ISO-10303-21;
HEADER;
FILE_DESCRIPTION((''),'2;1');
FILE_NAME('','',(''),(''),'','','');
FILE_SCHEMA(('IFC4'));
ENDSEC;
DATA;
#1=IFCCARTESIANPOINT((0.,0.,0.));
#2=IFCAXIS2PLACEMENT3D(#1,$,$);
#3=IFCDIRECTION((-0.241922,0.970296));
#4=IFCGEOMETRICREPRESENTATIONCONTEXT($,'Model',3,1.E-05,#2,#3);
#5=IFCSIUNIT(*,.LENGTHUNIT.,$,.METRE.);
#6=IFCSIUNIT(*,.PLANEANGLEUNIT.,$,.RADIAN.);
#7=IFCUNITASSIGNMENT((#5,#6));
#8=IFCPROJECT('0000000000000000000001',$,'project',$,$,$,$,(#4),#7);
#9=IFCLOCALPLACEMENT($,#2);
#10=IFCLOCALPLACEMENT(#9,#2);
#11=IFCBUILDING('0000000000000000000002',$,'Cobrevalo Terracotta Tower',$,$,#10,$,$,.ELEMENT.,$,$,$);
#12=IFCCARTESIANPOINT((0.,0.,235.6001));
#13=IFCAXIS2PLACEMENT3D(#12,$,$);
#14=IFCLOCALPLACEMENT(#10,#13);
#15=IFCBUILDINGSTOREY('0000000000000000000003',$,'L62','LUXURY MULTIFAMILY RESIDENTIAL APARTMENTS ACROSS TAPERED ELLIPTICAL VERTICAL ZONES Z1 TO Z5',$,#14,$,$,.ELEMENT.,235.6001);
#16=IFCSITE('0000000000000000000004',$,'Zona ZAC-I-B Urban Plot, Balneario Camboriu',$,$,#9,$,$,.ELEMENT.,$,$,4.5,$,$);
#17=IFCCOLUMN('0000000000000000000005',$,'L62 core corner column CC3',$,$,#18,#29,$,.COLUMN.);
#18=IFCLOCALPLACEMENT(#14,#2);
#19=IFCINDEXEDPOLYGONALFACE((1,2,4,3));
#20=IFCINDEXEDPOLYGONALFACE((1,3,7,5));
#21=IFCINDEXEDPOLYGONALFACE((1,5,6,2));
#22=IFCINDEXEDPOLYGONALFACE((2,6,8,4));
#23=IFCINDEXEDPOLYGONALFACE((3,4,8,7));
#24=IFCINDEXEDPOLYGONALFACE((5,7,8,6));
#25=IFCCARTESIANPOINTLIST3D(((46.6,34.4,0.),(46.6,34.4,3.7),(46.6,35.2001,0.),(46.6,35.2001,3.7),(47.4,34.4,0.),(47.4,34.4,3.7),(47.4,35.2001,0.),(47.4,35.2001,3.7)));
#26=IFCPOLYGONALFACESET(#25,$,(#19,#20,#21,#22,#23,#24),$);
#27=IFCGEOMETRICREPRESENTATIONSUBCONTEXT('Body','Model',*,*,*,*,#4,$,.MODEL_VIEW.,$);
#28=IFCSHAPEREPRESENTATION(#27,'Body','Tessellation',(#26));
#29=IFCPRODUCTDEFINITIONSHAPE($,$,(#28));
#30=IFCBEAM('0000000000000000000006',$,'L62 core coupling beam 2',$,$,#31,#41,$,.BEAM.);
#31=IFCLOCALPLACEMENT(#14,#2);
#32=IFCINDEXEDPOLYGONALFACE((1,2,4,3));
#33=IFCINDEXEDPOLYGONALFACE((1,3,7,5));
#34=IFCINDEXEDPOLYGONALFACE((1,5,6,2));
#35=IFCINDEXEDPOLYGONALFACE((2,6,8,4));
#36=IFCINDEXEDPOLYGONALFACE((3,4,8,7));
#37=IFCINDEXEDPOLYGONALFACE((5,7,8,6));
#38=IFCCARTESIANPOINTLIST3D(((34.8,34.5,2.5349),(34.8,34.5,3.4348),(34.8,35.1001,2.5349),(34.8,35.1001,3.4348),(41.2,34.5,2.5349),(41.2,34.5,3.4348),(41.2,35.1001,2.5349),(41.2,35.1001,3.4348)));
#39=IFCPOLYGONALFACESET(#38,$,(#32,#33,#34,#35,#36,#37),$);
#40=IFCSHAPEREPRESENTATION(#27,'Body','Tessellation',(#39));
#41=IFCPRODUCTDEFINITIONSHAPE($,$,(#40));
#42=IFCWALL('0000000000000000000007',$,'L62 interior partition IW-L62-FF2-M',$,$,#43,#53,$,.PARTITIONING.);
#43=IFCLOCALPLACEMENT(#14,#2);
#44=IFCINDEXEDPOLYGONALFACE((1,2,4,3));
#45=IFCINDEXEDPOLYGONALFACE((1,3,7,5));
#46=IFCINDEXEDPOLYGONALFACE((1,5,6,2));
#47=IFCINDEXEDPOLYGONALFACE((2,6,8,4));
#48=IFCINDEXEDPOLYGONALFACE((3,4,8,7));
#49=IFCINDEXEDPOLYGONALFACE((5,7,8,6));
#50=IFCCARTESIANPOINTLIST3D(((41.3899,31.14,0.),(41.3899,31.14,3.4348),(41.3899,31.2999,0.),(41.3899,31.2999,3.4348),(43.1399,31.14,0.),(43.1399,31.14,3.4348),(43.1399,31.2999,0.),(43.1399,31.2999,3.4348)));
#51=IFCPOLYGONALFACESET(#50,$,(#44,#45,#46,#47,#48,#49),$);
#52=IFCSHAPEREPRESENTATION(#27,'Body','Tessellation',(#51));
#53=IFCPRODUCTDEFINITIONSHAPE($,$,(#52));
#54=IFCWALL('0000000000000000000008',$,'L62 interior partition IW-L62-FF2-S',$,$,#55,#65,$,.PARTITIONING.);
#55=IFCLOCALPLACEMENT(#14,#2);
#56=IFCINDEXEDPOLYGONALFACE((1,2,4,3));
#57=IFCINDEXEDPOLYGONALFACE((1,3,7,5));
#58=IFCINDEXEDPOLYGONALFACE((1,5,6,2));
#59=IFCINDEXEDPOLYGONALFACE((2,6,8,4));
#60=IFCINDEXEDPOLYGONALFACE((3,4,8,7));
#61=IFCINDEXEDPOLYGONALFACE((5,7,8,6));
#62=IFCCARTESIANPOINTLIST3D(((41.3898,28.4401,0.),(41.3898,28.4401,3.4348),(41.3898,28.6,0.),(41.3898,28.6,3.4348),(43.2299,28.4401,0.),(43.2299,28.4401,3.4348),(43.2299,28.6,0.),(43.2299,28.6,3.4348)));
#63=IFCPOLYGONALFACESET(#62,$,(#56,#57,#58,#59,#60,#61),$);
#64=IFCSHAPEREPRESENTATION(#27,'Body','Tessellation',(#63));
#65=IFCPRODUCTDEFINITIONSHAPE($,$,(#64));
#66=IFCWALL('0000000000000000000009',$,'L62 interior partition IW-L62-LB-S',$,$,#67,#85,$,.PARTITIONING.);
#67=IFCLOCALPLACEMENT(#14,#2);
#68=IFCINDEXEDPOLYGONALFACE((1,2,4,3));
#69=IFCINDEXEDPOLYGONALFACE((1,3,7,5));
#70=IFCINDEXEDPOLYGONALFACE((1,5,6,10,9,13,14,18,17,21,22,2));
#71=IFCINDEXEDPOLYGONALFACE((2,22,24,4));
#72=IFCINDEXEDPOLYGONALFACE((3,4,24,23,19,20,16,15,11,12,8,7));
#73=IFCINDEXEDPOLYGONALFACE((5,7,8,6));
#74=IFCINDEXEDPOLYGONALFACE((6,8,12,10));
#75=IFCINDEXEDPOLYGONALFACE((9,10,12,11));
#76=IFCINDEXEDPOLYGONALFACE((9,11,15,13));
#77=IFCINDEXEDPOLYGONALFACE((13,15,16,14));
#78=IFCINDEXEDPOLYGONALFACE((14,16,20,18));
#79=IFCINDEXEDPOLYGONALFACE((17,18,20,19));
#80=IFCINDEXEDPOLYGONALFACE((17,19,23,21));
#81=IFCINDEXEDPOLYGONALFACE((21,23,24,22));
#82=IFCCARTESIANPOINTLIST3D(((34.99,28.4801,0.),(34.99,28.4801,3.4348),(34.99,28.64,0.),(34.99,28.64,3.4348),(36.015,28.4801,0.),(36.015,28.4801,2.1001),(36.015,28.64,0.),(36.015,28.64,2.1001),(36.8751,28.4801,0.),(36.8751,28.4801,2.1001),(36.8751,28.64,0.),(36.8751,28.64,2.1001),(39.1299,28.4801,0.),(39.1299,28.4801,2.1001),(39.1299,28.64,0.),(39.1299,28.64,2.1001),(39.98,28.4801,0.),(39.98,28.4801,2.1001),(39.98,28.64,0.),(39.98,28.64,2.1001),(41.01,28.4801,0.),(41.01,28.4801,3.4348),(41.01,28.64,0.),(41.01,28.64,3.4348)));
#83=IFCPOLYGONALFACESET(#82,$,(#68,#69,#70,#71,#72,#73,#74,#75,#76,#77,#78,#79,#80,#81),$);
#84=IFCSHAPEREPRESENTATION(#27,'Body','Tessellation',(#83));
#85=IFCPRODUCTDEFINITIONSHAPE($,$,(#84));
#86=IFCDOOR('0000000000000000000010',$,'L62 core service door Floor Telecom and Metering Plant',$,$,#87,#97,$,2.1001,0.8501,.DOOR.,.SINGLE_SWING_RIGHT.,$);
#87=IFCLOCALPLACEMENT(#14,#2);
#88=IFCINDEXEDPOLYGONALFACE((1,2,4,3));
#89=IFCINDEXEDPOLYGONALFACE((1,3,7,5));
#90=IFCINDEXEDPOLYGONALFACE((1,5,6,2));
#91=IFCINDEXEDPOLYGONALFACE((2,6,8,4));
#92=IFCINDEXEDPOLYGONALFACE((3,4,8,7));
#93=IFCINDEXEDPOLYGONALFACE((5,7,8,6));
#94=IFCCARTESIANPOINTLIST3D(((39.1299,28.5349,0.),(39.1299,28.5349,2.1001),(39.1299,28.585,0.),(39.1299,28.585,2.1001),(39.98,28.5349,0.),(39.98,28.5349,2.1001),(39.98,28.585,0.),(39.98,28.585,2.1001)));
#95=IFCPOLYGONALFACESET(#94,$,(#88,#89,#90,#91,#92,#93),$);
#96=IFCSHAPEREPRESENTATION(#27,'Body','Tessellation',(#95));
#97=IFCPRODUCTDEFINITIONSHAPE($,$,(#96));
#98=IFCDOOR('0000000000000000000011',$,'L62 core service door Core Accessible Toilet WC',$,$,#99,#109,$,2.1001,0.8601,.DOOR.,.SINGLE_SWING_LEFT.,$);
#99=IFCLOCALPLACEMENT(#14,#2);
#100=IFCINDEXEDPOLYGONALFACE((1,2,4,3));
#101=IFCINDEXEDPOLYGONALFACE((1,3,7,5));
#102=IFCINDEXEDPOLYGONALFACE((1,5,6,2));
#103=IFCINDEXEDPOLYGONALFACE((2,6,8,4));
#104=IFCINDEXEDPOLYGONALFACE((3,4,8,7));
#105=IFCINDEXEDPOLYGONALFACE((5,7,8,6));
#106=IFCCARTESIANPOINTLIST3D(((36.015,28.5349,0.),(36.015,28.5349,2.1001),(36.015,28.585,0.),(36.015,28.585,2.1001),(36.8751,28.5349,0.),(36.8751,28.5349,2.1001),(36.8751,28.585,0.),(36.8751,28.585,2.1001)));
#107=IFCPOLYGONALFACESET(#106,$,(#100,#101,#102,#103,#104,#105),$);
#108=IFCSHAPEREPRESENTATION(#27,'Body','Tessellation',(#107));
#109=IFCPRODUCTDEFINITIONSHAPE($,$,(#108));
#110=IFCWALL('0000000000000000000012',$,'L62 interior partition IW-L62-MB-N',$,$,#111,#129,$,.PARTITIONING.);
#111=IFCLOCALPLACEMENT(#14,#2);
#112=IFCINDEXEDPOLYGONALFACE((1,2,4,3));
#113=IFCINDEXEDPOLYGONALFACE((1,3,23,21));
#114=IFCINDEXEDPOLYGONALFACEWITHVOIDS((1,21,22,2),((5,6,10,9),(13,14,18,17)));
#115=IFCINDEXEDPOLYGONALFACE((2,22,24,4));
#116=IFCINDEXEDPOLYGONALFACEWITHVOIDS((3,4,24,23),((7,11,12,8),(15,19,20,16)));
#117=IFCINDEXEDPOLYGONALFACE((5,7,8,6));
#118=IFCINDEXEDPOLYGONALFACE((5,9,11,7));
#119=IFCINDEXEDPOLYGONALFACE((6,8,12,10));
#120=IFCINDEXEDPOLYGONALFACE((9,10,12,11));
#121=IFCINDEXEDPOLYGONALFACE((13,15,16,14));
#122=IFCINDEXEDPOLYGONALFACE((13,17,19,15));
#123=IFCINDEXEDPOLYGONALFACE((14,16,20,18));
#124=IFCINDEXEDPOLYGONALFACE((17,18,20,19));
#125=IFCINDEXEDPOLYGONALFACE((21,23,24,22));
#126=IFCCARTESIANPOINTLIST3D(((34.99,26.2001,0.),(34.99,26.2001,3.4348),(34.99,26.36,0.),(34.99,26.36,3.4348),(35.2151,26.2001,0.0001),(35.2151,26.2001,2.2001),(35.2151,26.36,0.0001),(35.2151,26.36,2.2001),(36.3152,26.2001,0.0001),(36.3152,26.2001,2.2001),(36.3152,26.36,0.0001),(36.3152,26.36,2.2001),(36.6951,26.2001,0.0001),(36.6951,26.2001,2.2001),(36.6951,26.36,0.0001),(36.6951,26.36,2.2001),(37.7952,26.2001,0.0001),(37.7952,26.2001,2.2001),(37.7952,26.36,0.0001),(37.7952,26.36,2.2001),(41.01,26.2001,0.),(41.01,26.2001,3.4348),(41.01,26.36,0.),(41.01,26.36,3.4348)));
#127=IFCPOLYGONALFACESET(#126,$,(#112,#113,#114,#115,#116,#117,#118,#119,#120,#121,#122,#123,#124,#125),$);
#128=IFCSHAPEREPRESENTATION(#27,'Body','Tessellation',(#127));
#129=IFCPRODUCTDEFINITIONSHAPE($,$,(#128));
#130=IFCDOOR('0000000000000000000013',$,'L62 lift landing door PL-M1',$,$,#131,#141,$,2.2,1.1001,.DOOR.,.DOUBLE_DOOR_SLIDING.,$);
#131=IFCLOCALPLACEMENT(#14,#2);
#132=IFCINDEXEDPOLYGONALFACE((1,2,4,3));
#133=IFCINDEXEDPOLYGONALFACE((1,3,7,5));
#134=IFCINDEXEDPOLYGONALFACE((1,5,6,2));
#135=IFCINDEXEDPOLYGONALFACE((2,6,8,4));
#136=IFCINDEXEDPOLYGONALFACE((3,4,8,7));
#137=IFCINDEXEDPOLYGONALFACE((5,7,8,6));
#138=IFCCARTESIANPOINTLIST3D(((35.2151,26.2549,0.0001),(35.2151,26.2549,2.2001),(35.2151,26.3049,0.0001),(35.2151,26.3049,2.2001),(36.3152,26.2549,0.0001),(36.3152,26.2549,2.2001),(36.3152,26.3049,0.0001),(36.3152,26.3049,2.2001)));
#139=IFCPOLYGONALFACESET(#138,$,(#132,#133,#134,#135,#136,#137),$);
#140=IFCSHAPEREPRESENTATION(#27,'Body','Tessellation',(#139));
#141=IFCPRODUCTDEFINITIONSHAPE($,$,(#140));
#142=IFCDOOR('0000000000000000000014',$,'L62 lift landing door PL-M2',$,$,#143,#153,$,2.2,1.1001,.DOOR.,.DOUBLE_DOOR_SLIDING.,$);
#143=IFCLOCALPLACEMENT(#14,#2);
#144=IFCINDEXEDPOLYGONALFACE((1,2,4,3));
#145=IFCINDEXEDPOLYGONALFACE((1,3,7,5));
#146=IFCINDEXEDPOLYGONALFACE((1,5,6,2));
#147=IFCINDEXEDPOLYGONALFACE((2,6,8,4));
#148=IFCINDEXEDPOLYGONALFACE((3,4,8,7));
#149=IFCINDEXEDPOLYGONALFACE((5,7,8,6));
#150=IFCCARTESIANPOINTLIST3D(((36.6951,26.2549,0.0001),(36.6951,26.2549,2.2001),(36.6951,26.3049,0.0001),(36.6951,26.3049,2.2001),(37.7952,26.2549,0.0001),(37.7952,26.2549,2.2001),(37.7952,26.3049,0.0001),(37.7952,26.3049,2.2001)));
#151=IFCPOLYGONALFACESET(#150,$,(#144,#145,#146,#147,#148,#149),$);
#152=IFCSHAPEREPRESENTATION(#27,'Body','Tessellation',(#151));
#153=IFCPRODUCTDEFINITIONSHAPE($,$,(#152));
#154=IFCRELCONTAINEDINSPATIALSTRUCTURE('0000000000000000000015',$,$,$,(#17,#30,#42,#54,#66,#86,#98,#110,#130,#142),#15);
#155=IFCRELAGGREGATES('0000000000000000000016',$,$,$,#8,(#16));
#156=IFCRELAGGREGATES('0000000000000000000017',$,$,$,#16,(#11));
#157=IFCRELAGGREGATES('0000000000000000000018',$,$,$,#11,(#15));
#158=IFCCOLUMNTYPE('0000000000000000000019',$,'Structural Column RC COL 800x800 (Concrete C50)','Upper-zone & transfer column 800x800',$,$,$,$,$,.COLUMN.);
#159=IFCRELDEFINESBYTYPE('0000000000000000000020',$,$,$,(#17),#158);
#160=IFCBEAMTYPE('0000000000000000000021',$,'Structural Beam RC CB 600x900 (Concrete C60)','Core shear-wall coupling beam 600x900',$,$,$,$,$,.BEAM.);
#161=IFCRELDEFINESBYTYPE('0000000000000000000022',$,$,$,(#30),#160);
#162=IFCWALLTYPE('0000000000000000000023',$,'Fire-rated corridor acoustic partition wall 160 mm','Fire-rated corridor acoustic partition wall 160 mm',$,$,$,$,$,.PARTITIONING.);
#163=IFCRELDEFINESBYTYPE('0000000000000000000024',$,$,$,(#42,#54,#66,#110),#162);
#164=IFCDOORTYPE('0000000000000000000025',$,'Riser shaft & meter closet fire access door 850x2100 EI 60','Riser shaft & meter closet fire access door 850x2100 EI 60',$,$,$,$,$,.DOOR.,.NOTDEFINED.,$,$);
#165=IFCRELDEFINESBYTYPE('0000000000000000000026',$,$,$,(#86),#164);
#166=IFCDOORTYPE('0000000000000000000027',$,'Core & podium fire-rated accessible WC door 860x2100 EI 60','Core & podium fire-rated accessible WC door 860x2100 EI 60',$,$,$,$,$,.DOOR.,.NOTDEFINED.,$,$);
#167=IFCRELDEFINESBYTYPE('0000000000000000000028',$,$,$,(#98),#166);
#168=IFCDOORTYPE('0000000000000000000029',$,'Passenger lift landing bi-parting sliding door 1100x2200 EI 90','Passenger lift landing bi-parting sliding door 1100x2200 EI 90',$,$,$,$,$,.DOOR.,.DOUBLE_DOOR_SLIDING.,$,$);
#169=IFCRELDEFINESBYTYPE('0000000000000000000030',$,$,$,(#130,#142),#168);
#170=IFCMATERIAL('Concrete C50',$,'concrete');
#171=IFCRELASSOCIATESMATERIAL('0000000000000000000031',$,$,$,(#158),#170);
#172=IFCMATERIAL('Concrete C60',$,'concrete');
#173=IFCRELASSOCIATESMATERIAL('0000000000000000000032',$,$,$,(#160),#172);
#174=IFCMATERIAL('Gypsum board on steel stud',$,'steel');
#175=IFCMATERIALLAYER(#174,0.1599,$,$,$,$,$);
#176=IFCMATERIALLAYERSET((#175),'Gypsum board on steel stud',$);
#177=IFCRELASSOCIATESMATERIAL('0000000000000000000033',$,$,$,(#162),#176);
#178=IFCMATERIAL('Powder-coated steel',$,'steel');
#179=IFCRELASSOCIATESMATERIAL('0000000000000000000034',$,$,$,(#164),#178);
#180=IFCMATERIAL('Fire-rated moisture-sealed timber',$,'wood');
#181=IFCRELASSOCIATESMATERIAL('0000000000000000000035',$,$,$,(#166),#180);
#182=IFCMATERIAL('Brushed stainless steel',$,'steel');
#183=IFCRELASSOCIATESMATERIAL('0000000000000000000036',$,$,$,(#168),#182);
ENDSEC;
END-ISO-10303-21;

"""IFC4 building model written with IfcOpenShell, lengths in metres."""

from ifc_helpers import new_model, si_unit, direction, frame, frame_2d, origin, origin_2d, place, context, subcontext, project, spatial, rectangle, extrude, source, transform, mapped, material, layer, layer_set, material_profile, profile_set, type_object, element, fill, save


model = new_model("IFC4")

# Units and contexts
model_context = context("Model", 3, precision=1e-05, world=origin(), true_north=direction((-0.241922, 0.970296)))
body_context = subcontext(model_context, "Body", "Model", "MODEL_VIEW")
ifc_project = project(units=[si_unit("LENGTHUNIT", "METRE"), si_unit("PLANEANGLEUNIT", "RADIAN")], contexts=[model_context])

# Site, building, storey
site_placement = place(None, origin())
site = spatial("IfcSite", under=ifc_project, at=site_placement, Name="Zona ZAC-I-B Urban Plot, Balneario Camboriu", CompositionType="ELEMENT", RefElevation=4.5)
building_placement = place(site_placement, origin())
building = spatial("IfcBuilding", under=site, at=building_placement, Name="Cobrevalo Terracotta Tower", CompositionType="ELEMENT")
storey_placement = place(building_placement, frame((0.0, 0.0, 235.6001)))
storey = spatial("IfcBuildingStorey", under=building, at=storey_placement, Name="L62", Description="LUXURY MULTIFAMILY RESIDENTIAL APARTMENTS ACROSS TAPERED ELLIPTICAL VERTICAL ZONES Z1 TO Z5", CompositionType="ELEMENT", Elevation=235.6001)

# Column
ifc_material_1 = material(Name="Concrete C50", Category="concrete")
ifc_material_profile_1 = material_profile(ifc_material_1, rectangle(XDim=0.8, YDim=0.8, at=origin_2d()), Name="RC COL 800x800")
ifc_profile_set_1 = profile_set([ifc_material_profile_1], Name="Concrete C50")
column_type = type_object("IfcColumnType", Name="Structural Column RC COL 800x800 (Concrete C50)", Description="Upper-zone & transfer column 800x800", PredefinedType="COLUMN", material=ifc_profile_set_1)
column_placement = place(storey_placement, frame((47.0, 34.8, 0.0), z_axis=(0.0, 0.0, 1.0), x_axis=(1.0, 0.0, 0.0)))
element("IfcColumn", 1, at=column_placement, inside=storey, type_object=column_type, Name="L62 core corner column CC3", PredefinedType="COLUMN", context=body_context, shape_type="SweptSolid", body=[
    extrude(rectangle(XDim=0.8, YDim=0.8, at=origin_2d()), origin(), (0.0, 0.0, 1.0), 3.7),
])

# Beam
ifc_material_2 = material(Name="Concrete C60", Category="concrete")
ifc_material_profile_2 = material_profile(ifc_material_2, rectangle(XDim=0.6001, YDim=0.8999, at=origin_2d()), Name="RC CB 600x900")
ifc_profile_set_2 = profile_set([ifc_material_profile_2], Name="Concrete C60")
beam_type = type_object("IfcBeamType", Name="Structural Beam RC CB 600x900 (Concrete C60)", Description="Core shear-wall coupling beam 600x900", PredefinedType="BEAM", material=ifc_profile_set_2)
beam_placement = place(storey_placement, frame((34.8, 34.8, 2.9849), z_axis=(1.0, 0.0, 0.0), x_axis=(0.0, 1.0, 0.0)))
element("IfcBeam", 2, at=beam_placement, inside=storey, type_object=beam_type, Name="L62 core coupling beam 2", PredefinedType="BEAM", context=body_context, shape_type="SweptSolid", body=[
    extrude(rectangle(XDim=0.6001, YDim=0.8999, at=origin_2d()), origin(), (0.0, 0.0, 1.0), 6.3999),
])

# Walls
ifc_material_3 = material(Name="Gypsum board on steel stud", Category="steel")
ifc_layer_1 = layer(ifc_material_3, 0.1599)
ifc_layer_set_1 = layer_set([ifc_layer_1], Name="Gypsum board on steel stud")
wall_type_1 = type_object("IfcWallType", Name="Fire-rated corridor acoustic partition wall 160 mm", Description="Fire-rated corridor acoustic partition wall 160 mm", PredefinedType="PARTITIONING", material=ifc_layer_set_1)
wall_1_placement = place(storey_placement, frame((41.3899, 31.22, 0.0), z_axis=(0.0, 0.0, 1.0), x_axis=(1.0, 0.0, 0.0)))
element("IfcWall", 3, at=wall_1_placement, inside=storey, type_object=wall_type_1, Name="L62 interior partition IW-L62-FF2-M", PredefinedType="PARTITIONING", context=body_context, shape_type="SweptSolid", body=[
    extrude(rectangle(XDim=1.75, YDim=0.1599, at=frame_2d((0.875, 0.0))), origin(), (0.0, 0.0, 1.0), 3.4348),
])
wall_2_placement = place(storey_placement, frame((41.3899, 28.52, 0.0), z_axis=(0.0, 0.0, 1.0), x_axis=(1.0, 0.0, 0.0)))
element("IfcWall", 4, at=wall_2_placement, inside=storey, type_object=wall_type_1, Name="L62 interior partition IW-L62-FF2-S", PredefinedType="PARTITIONING", context=body_context, shape_type="SweptSolid", body=[
    extrude(rectangle(XDim=1.8401, YDim=0.1599, at=frame_2d((0.9199, 0.0))), origin(), (0.0, 0.0, 1.0), 3.4348),
])

# Walls, openings, doors
wall_3_placement = place(storey_placement, frame((34.99, 28.5601, 0.0), z_axis=(0.0, 0.0, 1.0), x_axis=(1.0, 0.0, 0.0)))
wall_3 = element("IfcWall", 5, at=wall_3_placement, inside=storey, type_object=wall_type_1, Name="L62 interior partition IW-L62-LB-S", PredefinedType="PARTITIONING", context=body_context, shape_type="SweptSolid", body=[
    extrude(rectangle(XDim=6.02, YDim=0.1599, at=frame_2d((3.01, 0.0))), origin(), (0.0, 0.0, 1.0), 3.4348),
])
opening_1_placement = place(wall_3_placement, frame((1.0249, 0.0, 0.0)))
opening_1 = element("IfcOpeningElement", 6, at=opening_1_placement, cuts=wall_3, PredefinedType="OPENING", context=body_context, shape_type="SweptSolid", body=[
    extrude(rectangle(XDim=0.8601, YDim=2.1001, at=frame_2d((0.4302, 1.05))), frame((0.0, 0.0898, 0.0), z_axis=(0.0, -1.0, 0.0), x_axis=(1.0, 0.0, 0.0)), (0.0, 0.0, 1.0), 0.1799),
])
opening_2_placement = place(wall_3_placement, frame((4.1399, 0.0, 0.0)))
opening_2 = element("IfcOpeningElement", 7, at=opening_2_placement, cuts=wall_3, PredefinedType="OPENING", context=body_context, shape_type="SweptSolid", body=[
    extrude(rectangle(XDim=0.8501, YDim=2.1001, at=frame_2d((0.425, 1.05))), frame((0.0, 0.0898, 0.0), z_axis=(0.0, -1.0, 0.0), x_axis=(1.0, 0.0, 0.0)), (0.0, 0.0, 1.0), 0.1799),
])
ifc_material_4 = material(Name="Powder-coated steel", Category="steel")
door_type_1 = type_object("IfcDoorType", Name="Riser shaft & meter closet fire access door 850x2100 EI 60", Description="Riser shaft & meter closet fire access door 850x2100 EI 60", OperationType="NOTDEFINED", PredefinedType="DOOR", material=ifc_material_4)
shared_shape_1 = source(origin(), body_context, "Body", "SweptSolid", [
    extrude(rectangle(XDim=0.8501, YDim=2.1001, at=frame_2d((0.425, 1.05))), frame((0.0, 0.0249, 0.0), z_axis=(0.0, -1.0, 0.0), x_axis=(1.0, 0.0, 0.0)), (0.0, 0.0, 1.0), 0.05),
])
door_1_placement = place(opening_2_placement, origin())
door_1 = element("IfcDoor", 8, at=door_1_placement, inside=storey, type_object=door_type_1, Name="L62 core service door Floor Telecom and Metering Plant", OperationType="SINGLE_SWING_RIGHT", OverallHeight=2.1001, OverallWidth=0.8501, PredefinedType="DOOR", context=body_context, shape_type="MappedRepresentation", body=[
    mapped(shared_shape_1, transform((0.0, 0.0, 0.0), scale=1.0)),
])
fill(opening_2, door_1)
ifc_material_5 = material(Name="Fire-rated moisture-sealed timber", Category="wood")
door_type_2 = type_object("IfcDoorType", Name="Core & podium fire-rated accessible WC door 860x2100 EI 60", Description="Core & podium fire-rated accessible WC door 860x2100 EI 60", OperationType="NOTDEFINED", PredefinedType="DOOR", material=ifc_material_5)
shared_shape_2 = source(origin(), body_context, "Body", "SweptSolid", [
    extrude(rectangle(XDim=0.8601, YDim=2.1001, at=frame_2d((0.4302, 1.05))), frame((0.0, 0.0249, 0.0), z_axis=(0.0, -1.0, 0.0), x_axis=(1.0, 0.0, 0.0)), (0.0, 0.0, 1.0), 0.05),
])
door_2_placement = place(opening_1_placement, origin())
door_2 = element("IfcDoor", 9, at=door_2_placement, inside=storey, type_object=door_type_2, Name="L62 core service door Core Accessible Toilet WC", OperationType="SINGLE_SWING_LEFT", OverallHeight=2.1001, OverallWidth=0.8601, PredefinedType="DOOR", context=body_context, shape_type="MappedRepresentation", body=[
    mapped(shared_shape_2, transform((0.0, 0.0, 0.0), scale=1.0)),
])
fill(opening_1, door_2)
wall_4_placement = place(storey_placement, frame((34.99, 26.28, 0.0), z_axis=(0.0, 0.0, 1.0), x_axis=(1.0, 0.0, 0.0)))
wall_4 = element("IfcWall", 10, at=wall_4_placement, inside=storey, type_object=wall_type_1, Name="L62 interior partition IW-L62-MB-N", PredefinedType="PARTITIONING", context=body_context, shape_type="SweptSolid", body=[
    extrude(rectangle(XDim=6.02, YDim=0.1599, at=frame_2d((3.01, 0.0))), origin(), (0.0, 0.0, 1.0), 3.4348),
])
opening_3_placement = place(wall_4_placement, frame((0.2251, 0.0, 0.0)))
opening_3 = element("IfcOpeningElement", 11, at=opening_3_placement, cuts=wall_4, PredefinedType="OPENING", context=body_context, shape_type="SweptSolid", body=[
    extrude(rectangle(XDim=1.1001, YDim=2.2, at=frame_2d((0.55, 1.1001))), frame((0.0, 0.0898, 0.0), z_axis=(0.0, -1.0, 0.0), x_axis=(1.0, 0.0, 0.0)), (0.0, 0.0, 1.0), 0.1799),
])
opening_4_placement = place(wall_4_placement, frame((1.7051, 0.0, 0.0)))
opening_4 = element("IfcOpeningElement", 12, at=opening_4_placement, cuts=wall_4, PredefinedType="OPENING", context=body_context, shape_type="SweptSolid", body=[
    extrude(rectangle(XDim=1.1001, YDim=2.2, at=frame_2d((0.55, 1.1001))), frame((0.0, 0.0898, 0.0), z_axis=(0.0, -1.0, 0.0), x_axis=(1.0, 0.0, 0.0)), (0.0, 0.0, 1.0), 0.1799),
])
ifc_material_6 = material(Name="Brushed stainless steel", Category="steel")
door_type_3 = type_object("IfcDoorType", Name="Passenger lift landing bi-parting sliding door 1100x2200 EI 90", Description="Passenger lift landing bi-parting sliding door 1100x2200 EI 90", OperationType="DOUBLE_DOOR_SLIDING", PredefinedType="DOOR", material=ifc_material_6)
shared_shape_3 = source(origin(), body_context, "Body", "SweptSolid", [
    extrude(rectangle(XDim=1.1001, YDim=2.2, at=frame_2d((0.55, 1.1001))), frame((0.0, 0.0249, 0.0), z_axis=(0.0, -1.0, 0.0), x_axis=(1.0, 0.0, 0.0)), (0.0, 0.0, 1.0), 0.05),
])
door_3_placement = place(opening_3_placement, origin())
door_3 = element("IfcDoor", 13, at=door_3_placement, inside=storey, type_object=door_type_3, Name="L62 lift landing door PL-M1", OperationType="DOUBLE_DOOR_SLIDING", OverallHeight=2.2, OverallWidth=1.1001, PredefinedType="DOOR", context=body_context, shape_type="MappedRepresentation", body=[
    mapped(shared_shape_3, transform((0.0, 0.0, 0.0), scale=1.0)),
])
fill(opening_3, door_3)
door_4_placement = place(opening_4_placement, origin())
door_4 = element("IfcDoor", 14, at=door_4_placement, inside=storey, type_object=door_type_3, Name="L62 lift landing door PL-M2", OperationType="DOUBLE_DOOR_SLIDING", OverallHeight=2.2, OverallWidth=1.1001, PredefinedType="DOOR", context=body_context, shape_type="MappedRepresentation", body=[
    mapped(shared_shape_3, transform((0.0, 0.0, 0.0), scale=1.0)),
])
fill(opening_4, door_4)

save(model, "model.ifc")
